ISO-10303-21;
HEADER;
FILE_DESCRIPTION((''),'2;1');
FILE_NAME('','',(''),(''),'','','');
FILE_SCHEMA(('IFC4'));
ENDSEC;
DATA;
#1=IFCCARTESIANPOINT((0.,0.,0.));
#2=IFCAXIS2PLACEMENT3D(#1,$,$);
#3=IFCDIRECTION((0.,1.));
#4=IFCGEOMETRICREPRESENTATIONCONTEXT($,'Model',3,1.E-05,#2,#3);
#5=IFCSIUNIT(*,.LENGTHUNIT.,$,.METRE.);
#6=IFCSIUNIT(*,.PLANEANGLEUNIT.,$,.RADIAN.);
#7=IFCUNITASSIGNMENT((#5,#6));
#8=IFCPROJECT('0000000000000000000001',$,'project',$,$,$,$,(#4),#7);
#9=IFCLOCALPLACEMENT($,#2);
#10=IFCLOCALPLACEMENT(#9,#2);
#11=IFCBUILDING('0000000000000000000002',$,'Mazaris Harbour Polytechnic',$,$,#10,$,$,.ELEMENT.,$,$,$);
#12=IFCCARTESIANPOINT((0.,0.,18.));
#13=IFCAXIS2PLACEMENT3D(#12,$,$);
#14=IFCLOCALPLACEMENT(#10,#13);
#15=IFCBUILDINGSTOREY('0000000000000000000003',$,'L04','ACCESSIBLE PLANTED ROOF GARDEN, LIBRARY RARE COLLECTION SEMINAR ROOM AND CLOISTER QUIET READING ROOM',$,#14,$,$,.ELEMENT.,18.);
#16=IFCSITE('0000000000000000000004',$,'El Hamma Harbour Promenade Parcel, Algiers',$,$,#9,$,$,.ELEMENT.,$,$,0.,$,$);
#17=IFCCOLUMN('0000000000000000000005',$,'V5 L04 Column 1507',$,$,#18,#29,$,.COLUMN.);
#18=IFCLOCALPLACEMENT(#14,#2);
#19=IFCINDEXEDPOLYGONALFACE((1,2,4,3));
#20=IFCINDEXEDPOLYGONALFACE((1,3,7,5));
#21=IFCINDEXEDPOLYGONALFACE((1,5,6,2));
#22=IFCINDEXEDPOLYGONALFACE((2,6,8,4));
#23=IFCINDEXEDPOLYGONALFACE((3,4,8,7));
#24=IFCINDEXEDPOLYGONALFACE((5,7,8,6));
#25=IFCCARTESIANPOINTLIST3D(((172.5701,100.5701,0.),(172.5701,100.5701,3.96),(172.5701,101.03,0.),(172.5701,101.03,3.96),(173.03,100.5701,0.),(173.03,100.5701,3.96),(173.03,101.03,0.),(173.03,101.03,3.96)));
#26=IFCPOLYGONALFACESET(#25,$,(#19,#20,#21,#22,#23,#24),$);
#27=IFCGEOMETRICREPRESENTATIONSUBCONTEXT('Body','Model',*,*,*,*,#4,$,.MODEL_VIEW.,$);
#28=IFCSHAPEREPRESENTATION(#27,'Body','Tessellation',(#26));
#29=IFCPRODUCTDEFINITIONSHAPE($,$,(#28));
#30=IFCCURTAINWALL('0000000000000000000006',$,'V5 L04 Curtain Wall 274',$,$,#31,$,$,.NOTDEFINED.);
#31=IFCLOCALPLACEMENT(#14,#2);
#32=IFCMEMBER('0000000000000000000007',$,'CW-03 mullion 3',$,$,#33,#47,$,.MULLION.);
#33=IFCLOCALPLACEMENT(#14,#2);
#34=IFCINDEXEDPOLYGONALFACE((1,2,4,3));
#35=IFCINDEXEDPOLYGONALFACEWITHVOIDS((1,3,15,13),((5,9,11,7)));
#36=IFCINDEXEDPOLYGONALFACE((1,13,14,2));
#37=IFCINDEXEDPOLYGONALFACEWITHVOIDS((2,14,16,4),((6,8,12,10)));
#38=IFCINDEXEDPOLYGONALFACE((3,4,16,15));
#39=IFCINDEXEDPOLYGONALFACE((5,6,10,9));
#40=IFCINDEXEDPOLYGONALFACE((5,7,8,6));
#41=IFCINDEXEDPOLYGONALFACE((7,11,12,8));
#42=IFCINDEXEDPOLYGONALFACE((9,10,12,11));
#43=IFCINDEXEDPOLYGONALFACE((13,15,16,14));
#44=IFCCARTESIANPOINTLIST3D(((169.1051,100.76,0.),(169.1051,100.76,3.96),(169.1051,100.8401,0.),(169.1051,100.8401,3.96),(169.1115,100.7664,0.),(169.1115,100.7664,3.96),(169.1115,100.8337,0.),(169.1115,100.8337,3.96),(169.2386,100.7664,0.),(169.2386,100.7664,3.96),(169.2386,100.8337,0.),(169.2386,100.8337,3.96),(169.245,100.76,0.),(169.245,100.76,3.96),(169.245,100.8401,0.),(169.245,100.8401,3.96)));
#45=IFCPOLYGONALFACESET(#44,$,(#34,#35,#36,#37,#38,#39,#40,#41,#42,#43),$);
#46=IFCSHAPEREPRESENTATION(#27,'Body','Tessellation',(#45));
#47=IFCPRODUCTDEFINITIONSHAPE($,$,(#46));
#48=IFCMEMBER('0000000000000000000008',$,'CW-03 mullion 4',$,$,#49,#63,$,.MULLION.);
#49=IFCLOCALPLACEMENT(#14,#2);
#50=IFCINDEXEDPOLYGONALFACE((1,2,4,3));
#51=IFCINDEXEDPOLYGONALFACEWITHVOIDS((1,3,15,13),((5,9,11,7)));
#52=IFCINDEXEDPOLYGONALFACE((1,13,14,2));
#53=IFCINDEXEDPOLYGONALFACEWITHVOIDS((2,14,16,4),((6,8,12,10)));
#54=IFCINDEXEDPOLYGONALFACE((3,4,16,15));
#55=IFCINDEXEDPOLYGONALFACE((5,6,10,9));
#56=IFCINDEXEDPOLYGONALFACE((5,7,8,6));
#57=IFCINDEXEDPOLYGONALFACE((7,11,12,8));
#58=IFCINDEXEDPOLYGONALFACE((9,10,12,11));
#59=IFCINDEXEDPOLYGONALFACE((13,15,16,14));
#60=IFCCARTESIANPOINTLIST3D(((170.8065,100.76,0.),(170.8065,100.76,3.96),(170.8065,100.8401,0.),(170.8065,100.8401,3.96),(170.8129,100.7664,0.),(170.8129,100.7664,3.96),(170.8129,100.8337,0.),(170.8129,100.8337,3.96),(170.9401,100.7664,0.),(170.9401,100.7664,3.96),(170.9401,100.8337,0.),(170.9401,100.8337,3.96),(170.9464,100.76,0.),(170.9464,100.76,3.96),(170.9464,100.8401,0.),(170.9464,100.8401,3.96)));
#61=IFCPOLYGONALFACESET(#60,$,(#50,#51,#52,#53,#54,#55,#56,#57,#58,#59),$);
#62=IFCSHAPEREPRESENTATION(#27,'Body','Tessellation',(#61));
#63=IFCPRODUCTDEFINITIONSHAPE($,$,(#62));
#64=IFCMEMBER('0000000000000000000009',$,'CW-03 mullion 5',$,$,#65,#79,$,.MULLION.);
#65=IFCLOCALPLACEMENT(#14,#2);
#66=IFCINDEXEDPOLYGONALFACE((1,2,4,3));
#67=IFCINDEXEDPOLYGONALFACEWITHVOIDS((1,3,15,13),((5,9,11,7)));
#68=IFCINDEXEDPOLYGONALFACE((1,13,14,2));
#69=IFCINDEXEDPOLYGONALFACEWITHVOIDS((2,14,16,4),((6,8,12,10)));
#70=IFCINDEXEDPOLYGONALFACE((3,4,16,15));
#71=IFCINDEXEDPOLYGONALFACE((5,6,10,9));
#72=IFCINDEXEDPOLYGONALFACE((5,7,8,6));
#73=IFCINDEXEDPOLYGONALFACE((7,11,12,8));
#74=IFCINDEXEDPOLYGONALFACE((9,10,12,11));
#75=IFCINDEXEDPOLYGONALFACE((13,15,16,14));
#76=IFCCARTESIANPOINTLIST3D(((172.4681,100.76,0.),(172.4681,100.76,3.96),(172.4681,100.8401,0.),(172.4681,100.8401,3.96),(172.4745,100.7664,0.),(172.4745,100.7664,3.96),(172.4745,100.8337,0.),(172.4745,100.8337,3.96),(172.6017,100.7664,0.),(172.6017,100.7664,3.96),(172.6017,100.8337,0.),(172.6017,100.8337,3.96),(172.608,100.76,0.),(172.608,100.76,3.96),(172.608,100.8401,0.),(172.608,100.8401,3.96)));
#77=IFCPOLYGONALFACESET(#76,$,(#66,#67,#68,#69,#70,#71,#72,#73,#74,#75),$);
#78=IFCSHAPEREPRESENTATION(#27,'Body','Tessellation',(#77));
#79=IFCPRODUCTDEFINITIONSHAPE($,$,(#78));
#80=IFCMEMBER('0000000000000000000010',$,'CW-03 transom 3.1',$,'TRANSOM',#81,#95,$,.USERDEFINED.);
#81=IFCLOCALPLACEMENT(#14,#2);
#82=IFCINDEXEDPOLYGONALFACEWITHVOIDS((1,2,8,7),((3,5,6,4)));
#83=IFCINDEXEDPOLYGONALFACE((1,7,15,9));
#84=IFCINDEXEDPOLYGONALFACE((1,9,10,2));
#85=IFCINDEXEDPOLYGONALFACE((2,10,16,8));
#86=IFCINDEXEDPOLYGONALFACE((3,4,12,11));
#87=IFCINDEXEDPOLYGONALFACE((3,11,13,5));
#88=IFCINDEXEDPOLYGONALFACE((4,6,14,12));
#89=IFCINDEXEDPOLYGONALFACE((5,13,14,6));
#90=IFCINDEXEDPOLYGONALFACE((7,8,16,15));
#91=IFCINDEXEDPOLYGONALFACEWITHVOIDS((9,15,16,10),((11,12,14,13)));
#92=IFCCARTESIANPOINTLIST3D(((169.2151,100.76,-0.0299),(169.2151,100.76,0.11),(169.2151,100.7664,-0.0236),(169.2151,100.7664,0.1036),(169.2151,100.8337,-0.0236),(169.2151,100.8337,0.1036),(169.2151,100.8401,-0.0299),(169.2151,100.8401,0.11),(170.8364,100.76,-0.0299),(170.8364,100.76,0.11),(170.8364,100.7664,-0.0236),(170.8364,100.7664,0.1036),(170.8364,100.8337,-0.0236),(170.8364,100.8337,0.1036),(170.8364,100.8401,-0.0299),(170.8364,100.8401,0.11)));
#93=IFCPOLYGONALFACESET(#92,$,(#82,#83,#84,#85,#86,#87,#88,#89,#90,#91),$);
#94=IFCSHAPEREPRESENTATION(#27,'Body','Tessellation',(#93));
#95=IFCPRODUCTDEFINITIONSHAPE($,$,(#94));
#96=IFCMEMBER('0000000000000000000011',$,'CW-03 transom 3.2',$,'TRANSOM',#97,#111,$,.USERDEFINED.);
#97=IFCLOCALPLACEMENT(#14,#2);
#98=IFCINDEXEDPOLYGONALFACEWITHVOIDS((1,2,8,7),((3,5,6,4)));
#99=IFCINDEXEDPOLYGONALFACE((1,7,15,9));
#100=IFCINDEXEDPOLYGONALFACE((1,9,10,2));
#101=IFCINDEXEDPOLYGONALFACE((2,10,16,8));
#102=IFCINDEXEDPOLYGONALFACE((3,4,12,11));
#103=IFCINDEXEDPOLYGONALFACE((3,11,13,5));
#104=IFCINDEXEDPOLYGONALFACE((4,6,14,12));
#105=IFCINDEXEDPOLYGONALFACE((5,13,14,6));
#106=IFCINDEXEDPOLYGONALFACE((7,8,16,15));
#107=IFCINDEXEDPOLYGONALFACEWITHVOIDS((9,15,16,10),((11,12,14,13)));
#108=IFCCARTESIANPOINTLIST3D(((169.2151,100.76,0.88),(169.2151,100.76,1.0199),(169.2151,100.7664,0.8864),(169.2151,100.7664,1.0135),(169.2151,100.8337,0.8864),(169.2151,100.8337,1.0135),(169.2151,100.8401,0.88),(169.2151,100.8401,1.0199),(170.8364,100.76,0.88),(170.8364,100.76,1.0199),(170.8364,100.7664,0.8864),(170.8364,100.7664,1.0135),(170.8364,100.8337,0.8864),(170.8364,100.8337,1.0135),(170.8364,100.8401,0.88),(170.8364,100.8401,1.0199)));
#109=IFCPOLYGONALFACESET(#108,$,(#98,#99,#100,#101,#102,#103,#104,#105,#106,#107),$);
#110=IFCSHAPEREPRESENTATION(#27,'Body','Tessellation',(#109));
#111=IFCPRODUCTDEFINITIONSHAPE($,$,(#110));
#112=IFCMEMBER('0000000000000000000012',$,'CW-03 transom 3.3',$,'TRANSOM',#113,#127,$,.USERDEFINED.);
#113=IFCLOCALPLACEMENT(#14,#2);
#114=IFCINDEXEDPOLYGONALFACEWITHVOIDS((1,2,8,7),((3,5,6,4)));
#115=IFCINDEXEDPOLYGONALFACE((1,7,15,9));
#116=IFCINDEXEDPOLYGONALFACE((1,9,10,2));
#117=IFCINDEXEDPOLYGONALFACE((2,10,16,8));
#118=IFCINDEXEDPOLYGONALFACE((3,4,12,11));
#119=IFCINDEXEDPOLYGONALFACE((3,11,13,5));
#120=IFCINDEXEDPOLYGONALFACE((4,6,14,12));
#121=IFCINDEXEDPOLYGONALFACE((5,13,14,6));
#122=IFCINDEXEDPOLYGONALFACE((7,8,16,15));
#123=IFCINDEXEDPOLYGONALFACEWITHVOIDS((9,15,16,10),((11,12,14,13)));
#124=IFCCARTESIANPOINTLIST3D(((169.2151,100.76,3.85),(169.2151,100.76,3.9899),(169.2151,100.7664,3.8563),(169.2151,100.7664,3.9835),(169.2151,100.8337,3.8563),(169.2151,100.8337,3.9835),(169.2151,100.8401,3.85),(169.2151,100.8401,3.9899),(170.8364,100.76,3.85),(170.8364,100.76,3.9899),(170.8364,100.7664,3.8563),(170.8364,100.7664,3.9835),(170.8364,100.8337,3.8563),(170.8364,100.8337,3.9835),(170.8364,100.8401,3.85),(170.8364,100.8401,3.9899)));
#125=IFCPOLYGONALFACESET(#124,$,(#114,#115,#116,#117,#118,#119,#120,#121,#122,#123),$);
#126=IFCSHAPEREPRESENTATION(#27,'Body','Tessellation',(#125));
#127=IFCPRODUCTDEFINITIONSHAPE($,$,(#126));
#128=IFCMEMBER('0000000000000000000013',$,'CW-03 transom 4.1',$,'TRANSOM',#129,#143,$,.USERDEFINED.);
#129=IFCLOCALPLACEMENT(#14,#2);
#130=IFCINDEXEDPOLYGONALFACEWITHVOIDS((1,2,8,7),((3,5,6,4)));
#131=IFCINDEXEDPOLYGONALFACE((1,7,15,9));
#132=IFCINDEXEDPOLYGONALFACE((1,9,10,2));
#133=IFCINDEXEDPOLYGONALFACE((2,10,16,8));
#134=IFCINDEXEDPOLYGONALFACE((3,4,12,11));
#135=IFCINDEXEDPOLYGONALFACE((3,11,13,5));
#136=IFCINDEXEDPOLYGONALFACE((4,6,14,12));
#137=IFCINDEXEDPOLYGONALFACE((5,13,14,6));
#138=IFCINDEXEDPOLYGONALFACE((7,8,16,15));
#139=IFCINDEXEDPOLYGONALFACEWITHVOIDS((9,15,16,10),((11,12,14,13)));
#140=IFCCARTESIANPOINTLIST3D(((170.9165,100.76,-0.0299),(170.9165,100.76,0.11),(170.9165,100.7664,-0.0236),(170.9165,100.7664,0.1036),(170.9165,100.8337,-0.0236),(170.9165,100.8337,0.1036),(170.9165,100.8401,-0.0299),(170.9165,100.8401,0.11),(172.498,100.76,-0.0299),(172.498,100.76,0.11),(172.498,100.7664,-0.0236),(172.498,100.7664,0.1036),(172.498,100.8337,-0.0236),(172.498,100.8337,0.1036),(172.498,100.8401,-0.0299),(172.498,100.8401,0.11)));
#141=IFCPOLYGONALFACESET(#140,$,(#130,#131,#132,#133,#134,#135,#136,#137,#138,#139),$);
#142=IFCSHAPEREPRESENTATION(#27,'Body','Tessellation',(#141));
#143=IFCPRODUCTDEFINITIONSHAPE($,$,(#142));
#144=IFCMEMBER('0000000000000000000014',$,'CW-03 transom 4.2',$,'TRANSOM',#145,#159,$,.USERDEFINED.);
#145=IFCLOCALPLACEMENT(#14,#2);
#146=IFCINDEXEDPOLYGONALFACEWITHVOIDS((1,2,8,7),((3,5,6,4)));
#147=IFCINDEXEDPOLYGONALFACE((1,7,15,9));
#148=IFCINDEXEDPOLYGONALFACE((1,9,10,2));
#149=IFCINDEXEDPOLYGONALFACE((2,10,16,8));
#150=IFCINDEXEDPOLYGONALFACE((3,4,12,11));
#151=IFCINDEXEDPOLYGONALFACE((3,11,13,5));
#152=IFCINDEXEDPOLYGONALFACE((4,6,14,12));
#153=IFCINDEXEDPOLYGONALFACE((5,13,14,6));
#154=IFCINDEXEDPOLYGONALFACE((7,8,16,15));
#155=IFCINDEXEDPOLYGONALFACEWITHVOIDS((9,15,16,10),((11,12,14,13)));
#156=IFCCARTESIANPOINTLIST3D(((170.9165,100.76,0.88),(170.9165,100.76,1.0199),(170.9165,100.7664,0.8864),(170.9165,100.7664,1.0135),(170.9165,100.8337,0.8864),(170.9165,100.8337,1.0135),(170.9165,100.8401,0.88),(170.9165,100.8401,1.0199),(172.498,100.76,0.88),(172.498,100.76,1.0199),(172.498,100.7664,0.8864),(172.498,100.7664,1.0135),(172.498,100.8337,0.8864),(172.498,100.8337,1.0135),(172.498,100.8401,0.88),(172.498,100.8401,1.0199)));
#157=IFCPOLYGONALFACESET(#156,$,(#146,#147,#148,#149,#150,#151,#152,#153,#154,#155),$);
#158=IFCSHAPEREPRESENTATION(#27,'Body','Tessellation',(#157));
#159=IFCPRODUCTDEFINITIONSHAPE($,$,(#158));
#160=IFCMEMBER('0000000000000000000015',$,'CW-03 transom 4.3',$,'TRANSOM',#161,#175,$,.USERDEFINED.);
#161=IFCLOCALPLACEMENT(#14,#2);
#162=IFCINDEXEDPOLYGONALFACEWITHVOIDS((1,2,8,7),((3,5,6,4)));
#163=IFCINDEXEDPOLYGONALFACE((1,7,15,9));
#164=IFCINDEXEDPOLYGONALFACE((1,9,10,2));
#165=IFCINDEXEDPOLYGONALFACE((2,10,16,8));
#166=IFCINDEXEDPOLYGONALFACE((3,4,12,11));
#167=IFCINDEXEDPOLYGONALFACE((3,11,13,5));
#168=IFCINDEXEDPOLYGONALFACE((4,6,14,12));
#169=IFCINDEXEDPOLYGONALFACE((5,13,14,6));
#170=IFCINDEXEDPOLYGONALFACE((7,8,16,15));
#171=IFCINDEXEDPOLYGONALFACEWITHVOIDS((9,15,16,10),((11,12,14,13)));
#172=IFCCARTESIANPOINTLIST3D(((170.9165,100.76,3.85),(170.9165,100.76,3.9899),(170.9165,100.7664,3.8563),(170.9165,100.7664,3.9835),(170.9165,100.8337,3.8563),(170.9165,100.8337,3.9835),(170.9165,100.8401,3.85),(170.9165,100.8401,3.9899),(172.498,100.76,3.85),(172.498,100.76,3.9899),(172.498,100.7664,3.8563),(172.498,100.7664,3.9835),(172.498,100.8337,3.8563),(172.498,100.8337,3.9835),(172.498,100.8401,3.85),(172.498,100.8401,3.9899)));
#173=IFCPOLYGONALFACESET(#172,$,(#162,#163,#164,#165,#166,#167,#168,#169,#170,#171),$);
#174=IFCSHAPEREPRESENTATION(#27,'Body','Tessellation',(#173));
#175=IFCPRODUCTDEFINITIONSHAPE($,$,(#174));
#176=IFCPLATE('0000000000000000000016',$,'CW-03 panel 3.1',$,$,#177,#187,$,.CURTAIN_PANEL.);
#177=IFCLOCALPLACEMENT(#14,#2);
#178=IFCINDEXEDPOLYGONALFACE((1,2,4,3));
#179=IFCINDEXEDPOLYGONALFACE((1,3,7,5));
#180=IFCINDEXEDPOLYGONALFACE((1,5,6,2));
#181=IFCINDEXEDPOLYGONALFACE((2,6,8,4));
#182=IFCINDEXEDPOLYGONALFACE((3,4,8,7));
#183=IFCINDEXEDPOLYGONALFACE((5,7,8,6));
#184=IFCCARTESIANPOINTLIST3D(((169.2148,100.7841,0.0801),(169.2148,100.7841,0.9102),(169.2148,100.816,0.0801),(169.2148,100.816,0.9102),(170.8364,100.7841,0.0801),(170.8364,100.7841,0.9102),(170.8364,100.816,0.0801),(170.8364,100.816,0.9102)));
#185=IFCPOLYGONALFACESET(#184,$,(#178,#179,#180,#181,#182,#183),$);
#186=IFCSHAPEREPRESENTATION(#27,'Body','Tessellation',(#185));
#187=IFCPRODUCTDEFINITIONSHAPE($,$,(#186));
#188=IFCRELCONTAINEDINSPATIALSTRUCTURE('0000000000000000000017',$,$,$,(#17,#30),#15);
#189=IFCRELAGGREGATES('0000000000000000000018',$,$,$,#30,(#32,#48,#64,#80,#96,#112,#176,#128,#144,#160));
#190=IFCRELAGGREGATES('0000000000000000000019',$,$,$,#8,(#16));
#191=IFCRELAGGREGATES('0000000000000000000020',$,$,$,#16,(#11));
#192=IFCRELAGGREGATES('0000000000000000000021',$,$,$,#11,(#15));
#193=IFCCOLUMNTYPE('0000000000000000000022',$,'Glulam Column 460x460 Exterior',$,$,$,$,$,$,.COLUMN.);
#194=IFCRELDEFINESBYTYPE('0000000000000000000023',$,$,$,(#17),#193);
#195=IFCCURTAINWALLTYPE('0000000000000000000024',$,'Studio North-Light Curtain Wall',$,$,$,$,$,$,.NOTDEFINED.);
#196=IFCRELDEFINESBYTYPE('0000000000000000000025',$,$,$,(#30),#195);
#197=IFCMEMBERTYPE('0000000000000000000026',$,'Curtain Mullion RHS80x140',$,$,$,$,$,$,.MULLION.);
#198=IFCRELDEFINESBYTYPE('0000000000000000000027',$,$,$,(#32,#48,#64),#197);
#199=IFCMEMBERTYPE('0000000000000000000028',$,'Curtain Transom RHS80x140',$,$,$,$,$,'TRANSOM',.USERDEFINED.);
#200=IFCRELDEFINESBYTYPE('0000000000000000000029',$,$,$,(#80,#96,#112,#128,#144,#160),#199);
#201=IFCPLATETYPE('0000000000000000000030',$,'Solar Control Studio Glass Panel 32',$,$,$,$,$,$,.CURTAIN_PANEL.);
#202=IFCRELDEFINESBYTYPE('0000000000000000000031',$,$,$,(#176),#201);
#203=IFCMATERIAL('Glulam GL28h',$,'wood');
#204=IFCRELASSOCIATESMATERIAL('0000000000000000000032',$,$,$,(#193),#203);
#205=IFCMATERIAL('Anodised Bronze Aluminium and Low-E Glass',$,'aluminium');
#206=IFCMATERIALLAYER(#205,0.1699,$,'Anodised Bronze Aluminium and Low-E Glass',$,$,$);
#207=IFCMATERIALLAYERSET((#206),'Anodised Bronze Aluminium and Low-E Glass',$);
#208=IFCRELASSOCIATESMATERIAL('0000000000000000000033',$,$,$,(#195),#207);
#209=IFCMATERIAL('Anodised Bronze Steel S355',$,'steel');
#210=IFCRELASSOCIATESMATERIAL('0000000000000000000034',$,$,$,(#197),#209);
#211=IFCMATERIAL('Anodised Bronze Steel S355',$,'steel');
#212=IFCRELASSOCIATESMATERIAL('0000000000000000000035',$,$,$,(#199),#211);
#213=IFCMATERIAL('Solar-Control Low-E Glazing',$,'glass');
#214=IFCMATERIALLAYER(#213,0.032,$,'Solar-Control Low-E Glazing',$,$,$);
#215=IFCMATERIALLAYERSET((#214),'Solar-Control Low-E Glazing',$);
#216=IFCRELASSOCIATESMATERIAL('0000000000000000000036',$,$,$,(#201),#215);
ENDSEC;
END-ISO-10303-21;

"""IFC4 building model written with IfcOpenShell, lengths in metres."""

from ifc_helpers import new_model, si_unit, direction, frame, origin, origin_2d, place, context, subcontext, project, spatial, rectangle, hollow_rectangle, extrude, material, layer, layer_set, material_profile, profile_set, type_object, element, aggregate, save


model = new_model("IFC4")

# Units and contexts
model_context = context("Model", 3, precision=1e-05, world=origin(), true_north=direction((0.0, 1.0)))
body_context = subcontext(model_context, "Body", "Model", "MODEL_VIEW")
ifc_project = project(units=[si_unit("LENGTHUNIT", "METRE"), si_unit("PLANEANGLEUNIT", "RADIAN")], contexts=[model_context])

# Site, building, storey
site_placement = place(None, origin())
site = spatial("IfcSite", under=ifc_project, at=site_placement, Name="El Hamma Harbour Promenade Parcel, Algiers", CompositionType="ELEMENT", RefElevation=0.0)
building_placement = place(site_placement, origin())
building = spatial("IfcBuilding", under=site, at=building_placement, Name="Mazaris Harbour Polytechnic", CompositionType="ELEMENT")
storey_placement = place(building_placement, frame((0.0, 0.0, 18.0)))
storey = spatial("IfcBuildingStorey", under=building, at=storey_placement, Name="L04", Description="ACCESSIBLE PLANTED ROOF GARDEN, LIBRARY RARE COLLECTION SEMINAR ROOM AND CLOISTER QUIET READING ROOM", CompositionType="ELEMENT", Elevation=18.0)

# Column
ifc_material_1 = material(Name="Glulam GL28h", Category="wood")
ifc_material_profile_1 = material_profile(ifc_material_1, rectangle(XDim=0.46, YDim=0.46, at=origin_2d()), Name="RECT460x460")
ifc_profile_set_1 = profile_set([ifc_material_profile_1], Name="Glulam GL28h")
column_type = type_object("IfcColumnType", Name="Glulam Column 460x460 Exterior", PredefinedType="COLUMN", material=ifc_profile_set_1)
column_placement = place(storey_placement, frame((172.8, 100.8, 0.0), z_axis=(0.0, 0.0, 1.0), x_axis=(1.0, 0.0, 0.0)))
element("IfcColumn", 1, at=column_placement, inside=storey, type_object=column_type, Name="V5 L04 Column 1507", PredefinedType="COLUMN", context=body_context, shape_type="SweptSolid", body=[
    extrude(rectangle(XDim=0.46, YDim=0.46, at=origin_2d()), origin(), (0.0, 0.0, 1.0), 3.96),
])

# Curtain wall, members, plate
ifc_material_2 = material(Name="Anodised Bronze Aluminium and Low-E Glass", Category="aluminium")
ifc_layer_1 = layer(ifc_material_2, 0.1699, Name="Anodised Bronze Aluminium and Low-E Glass")
ifc_layer_set_1 = layer_set([ifc_layer_1], Name="Anodised Bronze Aluminium and Low-E Glass")
curtain_wall_type = type_object("IfcCurtainWallType", Name="Studio North-Light Curtain Wall", PredefinedType="NOTDEFINED", material=ifc_layer_set_1)
curtain_wall_placement = place(storey_placement, origin())
curtain_wall = element("IfcCurtainWall", 2, at=curtain_wall_placement, inside=storey, type_object=curtain_wall_type, Name="V5 L04 Curtain Wall 274", PredefinedType="NOTDEFINED")
ifc_material_3 = material(Name="Anodised Bronze Steel S355", Category="steel")
ifc_material_profile_2 = material_profile(ifc_material_3, hollow_rectangle(XDim=0.0801, YDim=0.1399, WallThickness=0.0063, at=origin_2d()), Name="RHS 80x140x6.3")
ifc_profile_set_2 = profile_set([ifc_material_profile_2], Name="Anodised Bronze Steel S355")
member_type_1 = type_object("IfcMemberType", Name="Curtain Mullion RHS80x140", PredefinedType="MULLION", material=ifc_profile_set_2)
member_1_placement = place(storey_placement, frame((169.175, 100.8, 0.0), z_axis=(0.0, 0.0, 1.0), x_axis=(0.0, 1.0, 0.0)))
member_1 = element("IfcMember", 3, at=member_1_placement, type_object=member_type_1, Name="CW-03 mullion 3", PredefinedType="MULLION", context=body_context, shape_type="SweptSolid", body=[
    extrude(hollow_rectangle(XDim=0.0801, YDim=0.1399, WallThickness=0.0063, at=origin_2d()), origin(), (0.0, 0.0, 1.0), 3.96),
])
member_2_placement = place(storey_placement, frame((170.8765, 100.8, 0.0), z_axis=(0.0, 0.0, 1.0), x_axis=(0.0, 1.0, 0.0)))
member_2 = element("IfcMember", 4, at=member_2_placement, type_object=member_type_1, Name="CW-03 mullion 4", PredefinedType="MULLION", context=body_context, shape_type="SweptSolid", body=[
    extrude(hollow_rectangle(XDim=0.0801, YDim=0.1399, WallThickness=0.0063, at=origin_2d()), origin(), (0.0, 0.0, 1.0), 3.96),
])
member_3_placement = place(storey_placement, frame((172.5381, 100.8, 0.0), z_axis=(0.0, 0.0, 1.0), x_axis=(0.0, 1.0, 0.0)))
member_3 = element("IfcMember", 5, at=member_3_placement, type_object=member_type_1, Name="CW-03 mullion 5", PredefinedType="MULLION", context=body_context, shape_type="SweptSolid", body=[
    extrude(hollow_rectangle(XDim=0.0801, YDim=0.1399, WallThickness=0.0063, at=origin_2d()), origin(), (0.0, 0.0, 1.0), 3.96),
])
ifc_material_4 = material(Name="Anodised Bronze Steel S355", Category="steel")
ifc_material_profile_3 = material_profile(ifc_material_4, hollow_rectangle(XDim=0.0801, YDim=0.1399, WallThickness=0.0063, at=origin_2d()), Name="RHS 80x140x6.3")
ifc_profile_set_3 = profile_set([ifc_material_profile_3], Name="Anodised Bronze Steel S355")
member_type_2 = type_object("IfcMemberType", Name="Curtain Transom RHS80x140", ElementType="TRANSOM", PredefinedType="USERDEFINED", material=ifc_profile_set_3)
member_4_placement = place(storey_placement, frame((169.2151, 100.8, 0.04), z_axis=(1.0, 0.0, 0.0), x_axis=(0.0, 1.0, 0.0)))
member_4 = element("IfcMember", 6, at=member_4_placement, type_object=member_type_2, Name="CW-03 transom 3.1", ObjectType="TRANSOM", PredefinedType="USERDEFINED", context=body_context, shape_type="SweptSolid", body=[
    extrude(hollow_rectangle(XDim=0.0801, YDim=0.1399, WallThickness=0.0063, at=origin_2d()), origin(), (0.0, 0.0, 1.0), 1.6213),
])
member_5_placement = place(storey_placement, frame((169.2151, 100.8, 0.95), z_axis=(1.0, 0.0, 0.0), x_axis=(0.0, 1.0, 0.0)))
member_5 = element("IfcMember", 7, at=member_5_placement, type_object=member_type_2, Name="CW-03 transom 3.2", ObjectType="TRANSOM", PredefinedType="USERDEFINED", context=body_context, shape_type="SweptSolid", body=[
    extrude(hollow_rectangle(XDim=0.0801, YDim=0.1399, WallThickness=0.0063, at=origin_2d()), origin(), (0.0, 0.0, 1.0), 1.6213),
])
member_6_placement = place(storey_placement, frame((169.2151, 100.8, 3.9199), z_axis=(1.0, 0.0, 0.0), x_axis=(0.0, 1.0, 0.0)))
member_6 = element("IfcMember", 8, at=member_6_placement, type_object=member_type_2, Name="CW-03 transom 3.3", ObjectType="TRANSOM", PredefinedType="USERDEFINED", context=body_context, shape_type="SweptSolid", body=[
    extrude(hollow_rectangle(XDim=0.0801, YDim=0.1399, WallThickness=0.0063, at=origin_2d()), origin(), (0.0, 0.0, 1.0), 1.6213),
])
member_7_placement = place(storey_placement, frame((170.9165, 100.8, 0.04), z_axis=(1.0, 0.0, 0.0), x_axis=(0.0, 1.0, 0.0)))
member_7 = element("IfcMember", 9, at=member_7_placement, type_object=member_type_2, Name="CW-03 transom 4.1", ObjectType="TRANSOM", PredefinedType="USERDEFINED", context=body_context, shape_type="SweptSolid", body=[
    extrude(hollow_rectangle(XDim=0.0801, YDim=0.1399, WallThickness=0.0063, at=origin_2d()), origin(), (0.0, 0.0, 1.0), 1.5815),
])
member_8_placement = place(storey_placement, frame((170.9165, 100.8, 0.95), z_axis=(1.0, 0.0, 0.0), x_axis=(0.0, 1.0, 0.0)))
member_8 = element("IfcMember", 10, at=member_8_placement, type_object=member_type_2, Name="CW-03 transom 4.2", ObjectType="TRANSOM", PredefinedType="USERDEFINED", context=body_context, shape_type="SweptSolid", body=[
    extrude(hollow_rectangle(XDim=0.0801, YDim=0.1399, WallThickness=0.0063, at=origin_2d()), origin(), (0.0, 0.0, 1.0), 1.5815),
])
member_9_placement = place(storey_placement, frame((170.9165, 100.8, 3.9199), z_axis=(1.0, 0.0, 0.0), x_axis=(0.0, 1.0, 0.0)))
member_9 = element("IfcMember", 11, at=member_9_placement, type_object=member_type_2, Name="CW-03 transom 4.3", ObjectType="TRANSOM", PredefinedType="USERDEFINED", context=body_context, shape_type="SweptSolid", body=[
    extrude(hollow_rectangle(XDim=0.0801, YDim=0.1399, WallThickness=0.0063, at=origin_2d()), origin(), (0.0, 0.0, 1.0), 1.5815),
])
ifc_material_5 = material(Name="Solar-Control Low-E Glazing", Category="glass")
ifc_layer_2 = layer(ifc_material_5, 0.032, Name="Solar-Control Low-E Glazing")
ifc_layer_set_2 = layer_set([ifc_layer_2], Name="Solar-Control Low-E Glazing")
plate_type = type_object("IfcPlateType", Name="Solar Control Studio Glass Panel 32", PredefinedType="CURTAIN_PANEL", material=ifc_layer_set_2)
plate_1_placement = place(storey_placement, frame((170.0256, 100.8, 0.0801), z_axis=(0.0, 0.0, 1.0), x_axis=(1.0, 0.0, 0.0)))
plate_1 = element("IfcPlate", 12, at=plate_1_placement, type_object=plate_type, Name="CW-03 panel 3.1", PredefinedType="CURTAIN_PANEL", context=body_context, shape_type="SweptSolid", body=[
    extrude(rectangle(XDim=1.6216, YDim=0.032, at=origin_2d()), origin(), (0.0, 0.0, 1.0), 0.8301),
])
aggregate(curtain_wall, [member_1, member_2, member_3, member_4, member_5, member_6, plate_1, member_7, member_8, member_9])

save(model, "model.ifc")
